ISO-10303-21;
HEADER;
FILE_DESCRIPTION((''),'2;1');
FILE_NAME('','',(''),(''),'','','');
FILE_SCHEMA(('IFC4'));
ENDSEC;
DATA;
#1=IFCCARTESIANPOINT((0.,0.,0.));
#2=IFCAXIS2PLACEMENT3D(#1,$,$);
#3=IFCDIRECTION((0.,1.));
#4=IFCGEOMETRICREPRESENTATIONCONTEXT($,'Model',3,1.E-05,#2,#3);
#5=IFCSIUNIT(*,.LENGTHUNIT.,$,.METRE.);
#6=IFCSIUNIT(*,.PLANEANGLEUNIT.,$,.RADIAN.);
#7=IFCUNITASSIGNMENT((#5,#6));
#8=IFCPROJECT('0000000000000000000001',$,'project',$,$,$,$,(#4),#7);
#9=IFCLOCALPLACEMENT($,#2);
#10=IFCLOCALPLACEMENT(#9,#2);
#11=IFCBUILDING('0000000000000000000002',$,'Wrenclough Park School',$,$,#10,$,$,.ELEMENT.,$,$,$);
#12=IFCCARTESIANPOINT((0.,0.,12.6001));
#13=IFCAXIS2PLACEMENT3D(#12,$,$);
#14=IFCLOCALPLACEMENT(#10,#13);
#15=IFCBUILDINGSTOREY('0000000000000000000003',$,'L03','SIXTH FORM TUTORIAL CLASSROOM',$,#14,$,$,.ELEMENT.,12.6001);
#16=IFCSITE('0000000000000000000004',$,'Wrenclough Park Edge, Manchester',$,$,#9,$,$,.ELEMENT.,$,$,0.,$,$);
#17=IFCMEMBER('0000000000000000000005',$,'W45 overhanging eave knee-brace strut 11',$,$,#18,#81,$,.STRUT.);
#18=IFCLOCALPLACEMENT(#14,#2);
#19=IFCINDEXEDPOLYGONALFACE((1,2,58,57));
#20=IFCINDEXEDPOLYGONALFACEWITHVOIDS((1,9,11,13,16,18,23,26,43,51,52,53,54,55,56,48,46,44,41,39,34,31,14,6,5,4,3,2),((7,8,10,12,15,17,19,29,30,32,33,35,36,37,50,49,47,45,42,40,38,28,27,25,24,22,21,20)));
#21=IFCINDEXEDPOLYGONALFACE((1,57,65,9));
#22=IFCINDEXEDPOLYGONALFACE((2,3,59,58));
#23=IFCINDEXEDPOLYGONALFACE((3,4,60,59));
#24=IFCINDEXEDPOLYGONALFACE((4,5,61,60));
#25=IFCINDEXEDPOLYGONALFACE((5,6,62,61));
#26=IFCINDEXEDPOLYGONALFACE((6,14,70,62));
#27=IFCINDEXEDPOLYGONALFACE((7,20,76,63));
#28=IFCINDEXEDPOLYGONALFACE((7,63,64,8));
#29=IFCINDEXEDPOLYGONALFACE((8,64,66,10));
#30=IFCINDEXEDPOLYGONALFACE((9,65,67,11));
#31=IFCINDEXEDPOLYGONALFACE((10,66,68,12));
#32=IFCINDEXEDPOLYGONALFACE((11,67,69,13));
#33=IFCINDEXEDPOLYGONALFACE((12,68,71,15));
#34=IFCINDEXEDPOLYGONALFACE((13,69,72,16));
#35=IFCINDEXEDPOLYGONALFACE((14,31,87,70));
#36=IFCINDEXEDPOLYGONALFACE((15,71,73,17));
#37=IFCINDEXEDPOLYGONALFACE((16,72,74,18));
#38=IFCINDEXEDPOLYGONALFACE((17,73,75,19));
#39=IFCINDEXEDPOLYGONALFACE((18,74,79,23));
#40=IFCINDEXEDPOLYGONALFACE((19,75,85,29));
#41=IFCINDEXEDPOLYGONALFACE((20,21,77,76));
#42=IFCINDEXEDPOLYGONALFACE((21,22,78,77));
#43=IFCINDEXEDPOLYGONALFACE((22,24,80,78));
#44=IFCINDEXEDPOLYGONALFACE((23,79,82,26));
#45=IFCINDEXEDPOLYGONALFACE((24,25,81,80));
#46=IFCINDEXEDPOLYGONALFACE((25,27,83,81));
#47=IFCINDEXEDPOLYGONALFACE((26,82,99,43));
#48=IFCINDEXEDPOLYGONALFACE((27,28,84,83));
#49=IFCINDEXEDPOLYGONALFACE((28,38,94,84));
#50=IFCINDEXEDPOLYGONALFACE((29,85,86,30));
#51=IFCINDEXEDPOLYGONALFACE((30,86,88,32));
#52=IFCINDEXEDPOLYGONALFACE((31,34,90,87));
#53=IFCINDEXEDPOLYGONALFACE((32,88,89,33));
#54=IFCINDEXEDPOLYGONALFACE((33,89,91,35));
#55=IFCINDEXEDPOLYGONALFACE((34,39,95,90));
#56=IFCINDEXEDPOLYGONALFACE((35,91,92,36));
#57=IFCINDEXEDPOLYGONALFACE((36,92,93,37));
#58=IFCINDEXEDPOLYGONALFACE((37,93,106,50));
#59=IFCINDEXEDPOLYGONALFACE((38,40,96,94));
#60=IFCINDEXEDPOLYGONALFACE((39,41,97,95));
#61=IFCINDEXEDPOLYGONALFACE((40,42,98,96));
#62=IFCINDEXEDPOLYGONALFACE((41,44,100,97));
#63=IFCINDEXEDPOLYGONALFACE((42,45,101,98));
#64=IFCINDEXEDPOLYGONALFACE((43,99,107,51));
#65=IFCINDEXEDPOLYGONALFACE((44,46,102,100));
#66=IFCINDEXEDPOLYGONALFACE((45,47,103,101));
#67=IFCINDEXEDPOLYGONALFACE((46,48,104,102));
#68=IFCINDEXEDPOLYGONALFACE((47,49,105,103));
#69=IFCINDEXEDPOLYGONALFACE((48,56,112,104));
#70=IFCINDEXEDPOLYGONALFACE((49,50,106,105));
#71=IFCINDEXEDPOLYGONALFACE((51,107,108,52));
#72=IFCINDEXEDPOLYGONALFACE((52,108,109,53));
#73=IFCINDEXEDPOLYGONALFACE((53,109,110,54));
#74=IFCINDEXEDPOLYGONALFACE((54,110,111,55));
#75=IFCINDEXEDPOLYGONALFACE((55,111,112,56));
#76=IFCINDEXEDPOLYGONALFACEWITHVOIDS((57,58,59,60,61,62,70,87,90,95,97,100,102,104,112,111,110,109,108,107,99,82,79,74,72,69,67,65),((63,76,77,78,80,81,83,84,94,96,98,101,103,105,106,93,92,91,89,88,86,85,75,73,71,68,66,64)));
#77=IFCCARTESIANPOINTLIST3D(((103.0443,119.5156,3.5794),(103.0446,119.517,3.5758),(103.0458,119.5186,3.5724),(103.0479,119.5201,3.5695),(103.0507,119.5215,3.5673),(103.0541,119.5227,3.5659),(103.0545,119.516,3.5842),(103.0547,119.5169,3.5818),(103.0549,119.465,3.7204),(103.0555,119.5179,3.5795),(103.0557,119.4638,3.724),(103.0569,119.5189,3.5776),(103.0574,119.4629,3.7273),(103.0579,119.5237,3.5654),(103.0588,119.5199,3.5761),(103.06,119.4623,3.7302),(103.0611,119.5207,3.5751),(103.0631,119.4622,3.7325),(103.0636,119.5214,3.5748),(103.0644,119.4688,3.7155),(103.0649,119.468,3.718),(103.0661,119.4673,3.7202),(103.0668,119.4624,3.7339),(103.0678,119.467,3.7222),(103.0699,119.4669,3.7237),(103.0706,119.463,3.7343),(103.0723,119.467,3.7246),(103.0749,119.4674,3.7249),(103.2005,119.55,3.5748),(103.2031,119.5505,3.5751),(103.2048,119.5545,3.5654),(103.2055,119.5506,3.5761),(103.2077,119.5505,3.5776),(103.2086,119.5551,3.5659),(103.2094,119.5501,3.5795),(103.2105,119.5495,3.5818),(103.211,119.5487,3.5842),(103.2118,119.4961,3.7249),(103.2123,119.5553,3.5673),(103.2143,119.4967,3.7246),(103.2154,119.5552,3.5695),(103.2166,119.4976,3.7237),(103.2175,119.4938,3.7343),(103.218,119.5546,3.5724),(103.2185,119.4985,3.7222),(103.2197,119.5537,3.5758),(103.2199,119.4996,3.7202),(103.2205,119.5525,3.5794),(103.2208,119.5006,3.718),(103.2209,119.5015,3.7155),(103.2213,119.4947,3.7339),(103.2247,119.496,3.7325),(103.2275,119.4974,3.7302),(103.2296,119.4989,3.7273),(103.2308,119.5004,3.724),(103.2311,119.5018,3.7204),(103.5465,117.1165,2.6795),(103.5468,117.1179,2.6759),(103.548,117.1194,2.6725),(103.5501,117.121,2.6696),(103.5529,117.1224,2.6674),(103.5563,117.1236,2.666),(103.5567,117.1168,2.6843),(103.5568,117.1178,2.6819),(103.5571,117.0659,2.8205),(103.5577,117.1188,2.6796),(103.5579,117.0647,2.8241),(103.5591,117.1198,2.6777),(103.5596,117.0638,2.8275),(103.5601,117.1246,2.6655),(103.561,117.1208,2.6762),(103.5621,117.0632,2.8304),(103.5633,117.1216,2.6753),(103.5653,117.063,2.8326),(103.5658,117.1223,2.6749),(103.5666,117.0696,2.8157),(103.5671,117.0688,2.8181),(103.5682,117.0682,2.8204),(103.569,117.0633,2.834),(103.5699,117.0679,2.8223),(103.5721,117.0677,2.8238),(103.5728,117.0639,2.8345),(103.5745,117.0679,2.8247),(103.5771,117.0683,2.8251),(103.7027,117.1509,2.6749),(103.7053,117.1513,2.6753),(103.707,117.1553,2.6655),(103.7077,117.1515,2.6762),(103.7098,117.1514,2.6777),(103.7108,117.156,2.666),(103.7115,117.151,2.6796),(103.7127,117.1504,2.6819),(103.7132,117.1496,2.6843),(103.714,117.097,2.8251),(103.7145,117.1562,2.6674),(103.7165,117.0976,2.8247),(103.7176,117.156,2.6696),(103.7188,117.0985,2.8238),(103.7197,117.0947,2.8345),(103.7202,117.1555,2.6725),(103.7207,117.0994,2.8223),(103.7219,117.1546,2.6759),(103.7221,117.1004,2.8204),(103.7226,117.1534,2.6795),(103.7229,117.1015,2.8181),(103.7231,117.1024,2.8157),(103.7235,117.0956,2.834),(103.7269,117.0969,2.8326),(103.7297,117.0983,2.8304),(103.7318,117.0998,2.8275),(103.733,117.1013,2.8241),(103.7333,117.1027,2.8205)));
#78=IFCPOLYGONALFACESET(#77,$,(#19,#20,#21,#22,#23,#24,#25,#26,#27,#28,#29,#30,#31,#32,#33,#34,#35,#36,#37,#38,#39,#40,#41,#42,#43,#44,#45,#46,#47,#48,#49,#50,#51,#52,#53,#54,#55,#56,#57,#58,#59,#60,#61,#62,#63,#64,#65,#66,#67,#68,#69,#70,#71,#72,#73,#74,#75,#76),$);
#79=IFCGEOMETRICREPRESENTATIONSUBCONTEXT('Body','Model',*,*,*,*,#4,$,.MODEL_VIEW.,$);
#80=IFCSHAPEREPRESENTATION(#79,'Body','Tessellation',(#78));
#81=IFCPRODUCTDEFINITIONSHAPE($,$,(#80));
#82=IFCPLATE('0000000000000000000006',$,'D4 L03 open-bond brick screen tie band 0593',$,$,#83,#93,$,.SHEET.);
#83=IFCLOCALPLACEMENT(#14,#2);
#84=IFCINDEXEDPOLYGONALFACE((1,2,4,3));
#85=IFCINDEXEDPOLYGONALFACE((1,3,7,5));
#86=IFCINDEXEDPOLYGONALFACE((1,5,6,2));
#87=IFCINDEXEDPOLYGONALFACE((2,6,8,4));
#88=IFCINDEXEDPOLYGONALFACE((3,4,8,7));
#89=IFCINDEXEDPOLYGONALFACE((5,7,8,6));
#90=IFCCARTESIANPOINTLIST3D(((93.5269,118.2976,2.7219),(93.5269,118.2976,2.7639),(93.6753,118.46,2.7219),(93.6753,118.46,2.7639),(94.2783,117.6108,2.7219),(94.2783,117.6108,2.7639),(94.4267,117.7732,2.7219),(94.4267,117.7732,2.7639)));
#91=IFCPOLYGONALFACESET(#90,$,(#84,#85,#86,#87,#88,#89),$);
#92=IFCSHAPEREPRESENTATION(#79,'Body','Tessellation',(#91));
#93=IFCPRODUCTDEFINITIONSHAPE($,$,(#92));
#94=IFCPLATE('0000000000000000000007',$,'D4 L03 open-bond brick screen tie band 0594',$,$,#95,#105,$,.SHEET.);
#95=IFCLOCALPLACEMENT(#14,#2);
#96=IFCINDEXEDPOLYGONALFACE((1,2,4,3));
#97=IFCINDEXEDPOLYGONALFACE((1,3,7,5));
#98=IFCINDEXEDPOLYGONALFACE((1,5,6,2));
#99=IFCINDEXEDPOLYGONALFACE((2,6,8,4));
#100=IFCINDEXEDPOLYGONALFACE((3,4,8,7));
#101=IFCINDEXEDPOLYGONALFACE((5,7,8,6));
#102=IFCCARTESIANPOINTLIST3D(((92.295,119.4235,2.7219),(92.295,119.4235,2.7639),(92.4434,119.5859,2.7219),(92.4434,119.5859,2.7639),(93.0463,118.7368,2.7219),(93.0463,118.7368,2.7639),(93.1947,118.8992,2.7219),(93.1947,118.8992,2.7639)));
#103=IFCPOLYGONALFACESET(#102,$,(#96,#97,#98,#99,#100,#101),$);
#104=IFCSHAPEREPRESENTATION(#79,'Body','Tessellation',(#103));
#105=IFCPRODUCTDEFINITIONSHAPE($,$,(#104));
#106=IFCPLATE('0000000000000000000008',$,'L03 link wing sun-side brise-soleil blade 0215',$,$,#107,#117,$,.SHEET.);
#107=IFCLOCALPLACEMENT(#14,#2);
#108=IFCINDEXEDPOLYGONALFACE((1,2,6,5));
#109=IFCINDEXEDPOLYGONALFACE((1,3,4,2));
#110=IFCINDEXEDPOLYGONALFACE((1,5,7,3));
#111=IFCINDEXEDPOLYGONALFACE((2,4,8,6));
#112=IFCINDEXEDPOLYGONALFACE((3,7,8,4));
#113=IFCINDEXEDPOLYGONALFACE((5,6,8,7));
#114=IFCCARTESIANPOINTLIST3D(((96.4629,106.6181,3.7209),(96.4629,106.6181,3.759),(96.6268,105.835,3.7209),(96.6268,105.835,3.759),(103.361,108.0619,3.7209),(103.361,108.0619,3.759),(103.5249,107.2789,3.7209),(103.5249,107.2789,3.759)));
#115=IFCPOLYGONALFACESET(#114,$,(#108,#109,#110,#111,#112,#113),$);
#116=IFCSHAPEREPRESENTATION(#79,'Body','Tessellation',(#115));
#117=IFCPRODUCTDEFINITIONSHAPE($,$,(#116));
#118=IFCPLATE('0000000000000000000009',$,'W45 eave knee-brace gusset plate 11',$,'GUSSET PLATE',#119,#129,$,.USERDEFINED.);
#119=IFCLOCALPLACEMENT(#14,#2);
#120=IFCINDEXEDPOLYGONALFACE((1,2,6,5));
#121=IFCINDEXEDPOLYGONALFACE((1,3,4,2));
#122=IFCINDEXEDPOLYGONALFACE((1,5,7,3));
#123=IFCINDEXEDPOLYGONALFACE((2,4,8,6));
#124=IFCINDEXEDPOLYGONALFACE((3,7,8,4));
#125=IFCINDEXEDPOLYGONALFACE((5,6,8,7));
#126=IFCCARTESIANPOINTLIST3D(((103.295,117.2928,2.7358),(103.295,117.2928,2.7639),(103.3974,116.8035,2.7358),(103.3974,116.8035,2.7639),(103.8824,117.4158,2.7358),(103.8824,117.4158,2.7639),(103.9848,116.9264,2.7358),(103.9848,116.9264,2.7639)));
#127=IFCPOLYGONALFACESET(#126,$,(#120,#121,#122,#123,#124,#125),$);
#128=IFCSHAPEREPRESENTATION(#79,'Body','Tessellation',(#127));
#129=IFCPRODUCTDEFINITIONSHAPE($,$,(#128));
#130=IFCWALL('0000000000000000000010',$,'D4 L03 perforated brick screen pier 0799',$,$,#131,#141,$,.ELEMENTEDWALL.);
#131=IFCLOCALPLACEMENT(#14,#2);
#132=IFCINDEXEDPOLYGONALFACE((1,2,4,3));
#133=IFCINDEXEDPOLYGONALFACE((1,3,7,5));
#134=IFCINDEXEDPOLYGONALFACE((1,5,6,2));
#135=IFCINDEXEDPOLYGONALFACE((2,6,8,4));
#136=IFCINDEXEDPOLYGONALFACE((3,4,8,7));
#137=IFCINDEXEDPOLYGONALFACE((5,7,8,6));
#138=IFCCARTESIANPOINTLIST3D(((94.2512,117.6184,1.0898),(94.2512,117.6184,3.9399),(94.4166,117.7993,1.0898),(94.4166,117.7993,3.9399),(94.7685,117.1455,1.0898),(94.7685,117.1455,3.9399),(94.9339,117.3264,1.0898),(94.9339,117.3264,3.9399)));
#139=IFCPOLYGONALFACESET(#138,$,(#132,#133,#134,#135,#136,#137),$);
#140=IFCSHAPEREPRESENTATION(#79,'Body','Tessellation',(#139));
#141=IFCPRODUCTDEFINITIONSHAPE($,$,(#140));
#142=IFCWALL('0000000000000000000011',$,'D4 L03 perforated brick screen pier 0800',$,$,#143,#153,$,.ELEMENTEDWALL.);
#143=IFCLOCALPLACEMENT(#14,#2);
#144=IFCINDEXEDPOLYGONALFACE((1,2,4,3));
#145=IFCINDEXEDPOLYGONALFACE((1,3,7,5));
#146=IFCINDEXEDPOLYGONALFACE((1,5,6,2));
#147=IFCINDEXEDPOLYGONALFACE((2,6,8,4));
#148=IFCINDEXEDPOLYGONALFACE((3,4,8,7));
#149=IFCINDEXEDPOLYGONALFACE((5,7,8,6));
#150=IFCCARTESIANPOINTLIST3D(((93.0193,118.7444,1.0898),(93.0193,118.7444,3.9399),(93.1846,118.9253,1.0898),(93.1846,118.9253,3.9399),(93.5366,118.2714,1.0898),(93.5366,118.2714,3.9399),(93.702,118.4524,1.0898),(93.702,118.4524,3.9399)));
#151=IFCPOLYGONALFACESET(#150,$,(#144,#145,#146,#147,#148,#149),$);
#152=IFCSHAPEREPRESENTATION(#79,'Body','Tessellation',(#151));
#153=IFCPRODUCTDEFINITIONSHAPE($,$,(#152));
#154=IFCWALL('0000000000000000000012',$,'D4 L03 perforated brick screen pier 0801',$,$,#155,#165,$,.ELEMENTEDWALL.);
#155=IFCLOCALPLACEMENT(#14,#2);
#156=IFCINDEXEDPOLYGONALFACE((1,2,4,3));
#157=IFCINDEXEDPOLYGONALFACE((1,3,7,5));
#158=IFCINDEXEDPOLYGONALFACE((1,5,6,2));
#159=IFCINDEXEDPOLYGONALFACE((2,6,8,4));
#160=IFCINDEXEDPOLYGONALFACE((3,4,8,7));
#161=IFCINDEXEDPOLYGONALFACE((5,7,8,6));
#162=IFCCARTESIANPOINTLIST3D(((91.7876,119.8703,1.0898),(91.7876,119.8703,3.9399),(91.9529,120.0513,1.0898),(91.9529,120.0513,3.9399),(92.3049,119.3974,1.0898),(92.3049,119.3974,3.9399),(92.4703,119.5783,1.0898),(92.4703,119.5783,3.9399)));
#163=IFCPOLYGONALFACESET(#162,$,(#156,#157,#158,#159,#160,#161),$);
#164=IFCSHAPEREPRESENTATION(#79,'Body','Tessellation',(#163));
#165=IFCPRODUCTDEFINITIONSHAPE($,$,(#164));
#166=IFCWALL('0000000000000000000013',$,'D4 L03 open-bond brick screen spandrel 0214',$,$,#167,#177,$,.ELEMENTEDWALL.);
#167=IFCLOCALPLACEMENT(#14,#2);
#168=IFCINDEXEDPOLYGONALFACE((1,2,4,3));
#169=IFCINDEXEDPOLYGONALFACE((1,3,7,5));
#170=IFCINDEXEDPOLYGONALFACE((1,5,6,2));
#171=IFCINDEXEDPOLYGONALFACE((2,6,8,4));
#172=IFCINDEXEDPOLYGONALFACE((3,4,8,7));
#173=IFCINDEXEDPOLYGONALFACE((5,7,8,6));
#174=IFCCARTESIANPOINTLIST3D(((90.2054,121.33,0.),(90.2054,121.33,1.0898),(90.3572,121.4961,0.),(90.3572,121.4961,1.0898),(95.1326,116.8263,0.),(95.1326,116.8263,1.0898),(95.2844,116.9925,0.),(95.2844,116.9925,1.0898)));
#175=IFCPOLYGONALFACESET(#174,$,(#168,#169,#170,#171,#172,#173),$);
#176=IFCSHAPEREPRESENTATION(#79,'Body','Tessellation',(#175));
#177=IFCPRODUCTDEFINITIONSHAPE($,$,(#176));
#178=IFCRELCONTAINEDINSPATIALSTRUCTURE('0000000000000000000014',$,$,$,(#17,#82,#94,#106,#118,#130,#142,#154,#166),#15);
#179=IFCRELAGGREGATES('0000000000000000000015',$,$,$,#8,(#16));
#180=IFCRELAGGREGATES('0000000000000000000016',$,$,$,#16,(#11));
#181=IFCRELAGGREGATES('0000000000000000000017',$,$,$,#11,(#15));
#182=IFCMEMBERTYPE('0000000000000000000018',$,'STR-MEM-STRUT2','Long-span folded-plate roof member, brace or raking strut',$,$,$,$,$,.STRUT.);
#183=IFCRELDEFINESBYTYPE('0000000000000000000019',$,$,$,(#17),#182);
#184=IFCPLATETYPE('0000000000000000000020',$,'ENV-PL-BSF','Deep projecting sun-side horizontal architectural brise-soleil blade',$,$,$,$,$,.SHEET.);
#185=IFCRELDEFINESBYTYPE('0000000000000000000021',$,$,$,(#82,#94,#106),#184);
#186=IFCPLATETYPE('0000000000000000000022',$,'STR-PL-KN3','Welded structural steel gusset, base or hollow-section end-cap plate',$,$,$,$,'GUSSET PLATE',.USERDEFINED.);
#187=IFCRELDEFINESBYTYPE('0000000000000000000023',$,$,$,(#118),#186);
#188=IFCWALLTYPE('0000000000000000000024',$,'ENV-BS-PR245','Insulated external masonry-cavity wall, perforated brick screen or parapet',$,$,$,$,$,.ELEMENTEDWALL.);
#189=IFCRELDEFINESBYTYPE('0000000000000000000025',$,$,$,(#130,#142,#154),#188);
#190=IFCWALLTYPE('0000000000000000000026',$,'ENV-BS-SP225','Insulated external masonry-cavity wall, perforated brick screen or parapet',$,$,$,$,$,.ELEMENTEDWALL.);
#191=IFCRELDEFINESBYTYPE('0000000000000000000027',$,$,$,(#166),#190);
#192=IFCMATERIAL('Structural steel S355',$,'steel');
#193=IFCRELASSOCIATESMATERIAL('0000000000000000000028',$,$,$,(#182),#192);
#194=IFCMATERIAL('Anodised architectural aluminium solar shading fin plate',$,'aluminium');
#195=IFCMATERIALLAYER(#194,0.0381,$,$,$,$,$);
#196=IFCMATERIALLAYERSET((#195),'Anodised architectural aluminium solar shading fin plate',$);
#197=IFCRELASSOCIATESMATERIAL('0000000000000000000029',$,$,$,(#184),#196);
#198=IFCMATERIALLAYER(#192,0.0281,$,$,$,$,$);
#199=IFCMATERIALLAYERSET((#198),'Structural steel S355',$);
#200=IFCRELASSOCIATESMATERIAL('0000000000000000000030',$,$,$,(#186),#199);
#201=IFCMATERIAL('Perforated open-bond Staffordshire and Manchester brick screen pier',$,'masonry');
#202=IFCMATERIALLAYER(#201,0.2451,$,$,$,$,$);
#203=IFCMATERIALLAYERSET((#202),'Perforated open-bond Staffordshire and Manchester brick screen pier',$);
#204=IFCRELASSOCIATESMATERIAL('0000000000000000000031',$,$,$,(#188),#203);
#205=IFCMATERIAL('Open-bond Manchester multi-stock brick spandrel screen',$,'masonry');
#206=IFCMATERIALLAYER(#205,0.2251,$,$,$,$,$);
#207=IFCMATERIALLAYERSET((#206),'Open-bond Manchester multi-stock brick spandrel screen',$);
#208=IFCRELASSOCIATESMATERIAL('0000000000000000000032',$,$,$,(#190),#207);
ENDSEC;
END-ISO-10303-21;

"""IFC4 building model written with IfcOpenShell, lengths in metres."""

from ifc_helpers import new_model, si_unit, direction, frame, frame_2d, origin, origin_2d, place, context, subcontext, project, spatial, rectangle, hollow_rectangle, extrude, material, layer, layer_set, material_profile, profile_set, type_object, element, save


model = new_model("IFC4")

# Units and contexts
model_context = context("Model", 3, precision=1e-05, world=origin(), true_north=direction((0.0, 1.0)))
body_context = subcontext(model_context, "Body", "Model", "MODEL_VIEW")
ifc_project = project(units=[si_unit("LENGTHUNIT", "METRE"), si_unit("PLANEANGLEUNIT", "RADIAN")], contexts=[model_context])

# Site, building, storey
site_placement = place(None, origin())
site = spatial("IfcSite", under=ifc_project, at=site_placement, Name="Wrenclough Park Edge, Manchester", CompositionType="ELEMENT", RefElevation=0.0)
building_placement = place(site_placement, origin())
building = spatial("IfcBuilding", under=site, at=building_placement, Name="Wrenclough Park School", CompositionType="ELEMENT")
storey_placement = place(building_placement, frame((0.0, 0.0, 12.6001)))
storey = spatial("IfcBuildingStorey", under=building, at=storey_placement, Name="L03", Description="SIXTH FORM TUTORIAL CLASSROOM", CompositionType="ELEMENT", Elevation=12.6001)

# Shared definitions
ifc_material_1 = material(Name="Structural steel S355", Category="steel")

# Member
ifc_material_profile_1 = material_profile(ifc_material_1, hollow_rectangle(XDim=0.1799, YDim=0.1799, WallThickness=0.01, InnerFilletRadius=0.01, OuterFilletRadius=0.0149, at=origin_2d()), Name="SHS 180x180x10.0")
ifc_profile_set_1 = profile_set([ifc_material_profile_1], Name="Structural steel S355")
member_type = type_object("IfcMemberType", Name="STR-MEM-STRUT2", Description="Long-span folded-plate roof member, brace or raking strut", PredefinedType="STRUT", material=ifc_profile_set_1)
member_placement = place(storey_placement, frame((103.6399, 117.1096, 2.75), z_axis=(-0.192329, 0.918822, 0.34464), x_axis=(-0.978787, -0.204881, 0.0)))
element("IfcMember", 1, at=member_placement, inside=storey, type_object=member_type, Name="W45 overhanging eave knee-brace strut 11", PredefinedType="STRUT", context=body_context, shape_type="SweptSolid", body=[
    extrude(hollow_rectangle(XDim=0.1799, YDim=0.1799, WallThickness=0.01, InnerFilletRadius=0.01, OuterFilletRadius=0.0149, at=origin_2d()), origin(), (0.0, 0.0, 1.0), 2.6111),
])

# Plates
ifc_material_2 = material(Name="Anodised architectural aluminium solar shading fin plate", Category="aluminium")
ifc_layer_1 = layer(ifc_material_2, 0.0381)
ifc_layer_set_1 = layer_set([ifc_layer_1], Name="Anodised architectural aluminium solar shading fin plate")
plate_type_1 = type_object("IfcPlateType", Name="ENV-PL-BSF", Description="Deep projecting sun-side horizontal architectural brise-soleil blade", PredefinedType="SHEET", material=ifc_layer_set_1)
plate_1_placement = place(storey_placement, frame((93.9768, 118.0354, 2.7219), z_axis=(0.0, 0.0, 1.0), x_axis=(-0.738122, 0.674667, 0.0)))
element("IfcPlate", 2, at=plate_1_placement, inside=storey, type_object=plate_type_1, Name="D4 L03 open-bond brick screen tie band 0593", PredefinedType="SHEET", context=body_context, shape_type="SweptSolid", body=[
    extrude(rectangle(XDim=1.0181, YDim=0.22, at=origin_2d()), origin(), (0.0, 0.0, 1.0), 0.042),
])
plate_2_placement = place(storey_placement, frame((92.7449, 119.1614, 2.7219), z_axis=(0.0, 0.0, 1.0), x_axis=(-0.738122, 0.674667, 0.0)))
element("IfcPlate", 3, at=plate_2_placement, inside=storey, type_object=plate_type_1, Name="D4 L03 open-bond brick screen tie band 0594", PredefinedType="SHEET", context=body_context, shape_type="SweptSolid", body=[
    extrude(rectangle(XDim=1.0178, YDim=0.22, at=origin_2d()), origin(), (0.0, 0.0, 1.0), 0.042),
])
plate_3_placement = place(storey_placement, frame((99.9939, 106.9485, 3.7209), z_axis=(0.0, 0.0, 1.0), x_axis=(-0.978789, -0.204869, 0.0)))
element("IfcPlate", 4, at=plate_3_placement, inside=storey, type_object=plate_type_1, Name="L03 link wing sun-side brise-soleil blade 0215", PredefinedType="SHEET", context=body_context, shape_type="SweptSolid", body=[
    extrude(rectangle(XDim=7.0476, YDim=0.8, at=origin_2d()), origin(), (0.0, 0.0, 1.0), 0.0381),
])
ifc_layer_2 = layer(ifc_material_1, 0.0281)
ifc_layer_set_2 = layer_set([ifc_layer_2], Name="Structural steel S355")
plate_type_2 = type_object("IfcPlateType", Name="STR-PL-KN3", Description="Welded structural steel gusset, base or hollow-section end-cap plate", ElementType="GUSSET PLATE", PredefinedType="USERDEFINED", material=ifc_layer_set_2)
plate_4_placement = place(storey_placement, frame((103.6399, 117.1096, 2.7358), z_axis=(0.0, 0.0, 1.0), x_axis=(0.978791, 0.204863, 0.0)))
element("IfcPlate", 5, at=plate_4_placement, inside=storey, type_object=plate_type_2, Name="W45 eave knee-brace gusset plate 11", ObjectType="GUSSET PLATE", PredefinedType="USERDEFINED", context=body_context, shape_type="SweptSolid", body=[
    extrude(rectangle(XDim=0.6001, YDim=0.5, at=origin_2d()), origin(), (0.0, 0.0, 1.0), 0.0281),
])

# Walls
ifc_material_3 = material(Name="Perforated open-bond Staffordshire and Manchester brick screen pier", Category="masonry")
ifc_layer_3 = layer(ifc_material_3, 0.2451)
ifc_layer_set_3 = layer_set([ifc_layer_3], Name="Perforated open-bond Staffordshire and Manchester brick screen pier")
wall_type_1 = type_object("IfcWallType", Name="ENV-BS-PR245", Description="Insulated external masonry-cavity wall, perforated brick screen or parapet", PredefinedType="ELEMENTEDWALL", material=ifc_layer_set_3)
for number, where, z_axis, x_axis, name in (
    (6, (94.8513, 117.2358, 1.0898), (0.0, 0.0, 1.0), (-0.738093, 0.674699, 0.0), "D4 L03 perforated brick screen pier 0799"),
    (7, (93.6194, 118.3618, 1.0898), (0.0, 0.0, 1.0), (-0.738093, 0.674699, 0.0), "D4 L03 perforated brick screen pier 0800"),
    (8, (92.3877, 119.4878, 1.0898), (0.0, 0.0, 1.0), (-0.738093, 0.674699, 0.0), "D4 L03 perforated brick screen pier 0801"),
):
    element("IfcWall", number, at=place(storey_placement, frame(where, z_axis=z_axis, x_axis=x_axis)), inside=storey, type_object=wall_type_1, Name=name, PredefinedType="ELEMENTEDWALL", context=body_context, shape_type="SweptSolid", body=[
        extrude(rectangle(XDim=0.7009, YDim=0.2451, at=frame_2d((0.3506, 0.0))), origin(), (0.0, 0.0, 1.0), 2.8501),
    ])
ifc_material_4 = material(Name="Open-bond Manchester multi-stock brick spandrel screen", Category="masonry")
ifc_layer_4 = layer(ifc_material_4, 0.2251)
ifc_layer_set_4 = layer_set([ifc_layer_4], Name="Open-bond Manchester multi-stock brick spandrel screen")
wall_type_2 = type_object("IfcWallType", Name="ENV-BS-SP225", Description="Insulated external masonry-cavity wall, perforated brick screen or parapet", PredefinedType="ELEMENTEDWALL", material=ifc_layer_set_4)
wall_1_placement = place(storey_placement, frame((95.2085, 116.9094, 0.0), z_axis=(0.0, 0.0, 1.0), x_axis=(-0.738122, 0.674667, 0.0)))
element("IfcWall", 9, at=wall_1_placement, inside=storey, type_object=wall_type_2, Name="D4 L03 open-bond brick screen spandrel 0214", PredefinedType="ELEMENTEDWALL", context=body_context, shape_type="SweptSolid", body=[
    extrude(rectangle(XDim=6.6753, YDim=0.2251, at=frame_2d((3.3376, 0.0))), origin(), (0.0, 0.0, 1.0), 1.0898),
])

save(model, "model.ifc")
